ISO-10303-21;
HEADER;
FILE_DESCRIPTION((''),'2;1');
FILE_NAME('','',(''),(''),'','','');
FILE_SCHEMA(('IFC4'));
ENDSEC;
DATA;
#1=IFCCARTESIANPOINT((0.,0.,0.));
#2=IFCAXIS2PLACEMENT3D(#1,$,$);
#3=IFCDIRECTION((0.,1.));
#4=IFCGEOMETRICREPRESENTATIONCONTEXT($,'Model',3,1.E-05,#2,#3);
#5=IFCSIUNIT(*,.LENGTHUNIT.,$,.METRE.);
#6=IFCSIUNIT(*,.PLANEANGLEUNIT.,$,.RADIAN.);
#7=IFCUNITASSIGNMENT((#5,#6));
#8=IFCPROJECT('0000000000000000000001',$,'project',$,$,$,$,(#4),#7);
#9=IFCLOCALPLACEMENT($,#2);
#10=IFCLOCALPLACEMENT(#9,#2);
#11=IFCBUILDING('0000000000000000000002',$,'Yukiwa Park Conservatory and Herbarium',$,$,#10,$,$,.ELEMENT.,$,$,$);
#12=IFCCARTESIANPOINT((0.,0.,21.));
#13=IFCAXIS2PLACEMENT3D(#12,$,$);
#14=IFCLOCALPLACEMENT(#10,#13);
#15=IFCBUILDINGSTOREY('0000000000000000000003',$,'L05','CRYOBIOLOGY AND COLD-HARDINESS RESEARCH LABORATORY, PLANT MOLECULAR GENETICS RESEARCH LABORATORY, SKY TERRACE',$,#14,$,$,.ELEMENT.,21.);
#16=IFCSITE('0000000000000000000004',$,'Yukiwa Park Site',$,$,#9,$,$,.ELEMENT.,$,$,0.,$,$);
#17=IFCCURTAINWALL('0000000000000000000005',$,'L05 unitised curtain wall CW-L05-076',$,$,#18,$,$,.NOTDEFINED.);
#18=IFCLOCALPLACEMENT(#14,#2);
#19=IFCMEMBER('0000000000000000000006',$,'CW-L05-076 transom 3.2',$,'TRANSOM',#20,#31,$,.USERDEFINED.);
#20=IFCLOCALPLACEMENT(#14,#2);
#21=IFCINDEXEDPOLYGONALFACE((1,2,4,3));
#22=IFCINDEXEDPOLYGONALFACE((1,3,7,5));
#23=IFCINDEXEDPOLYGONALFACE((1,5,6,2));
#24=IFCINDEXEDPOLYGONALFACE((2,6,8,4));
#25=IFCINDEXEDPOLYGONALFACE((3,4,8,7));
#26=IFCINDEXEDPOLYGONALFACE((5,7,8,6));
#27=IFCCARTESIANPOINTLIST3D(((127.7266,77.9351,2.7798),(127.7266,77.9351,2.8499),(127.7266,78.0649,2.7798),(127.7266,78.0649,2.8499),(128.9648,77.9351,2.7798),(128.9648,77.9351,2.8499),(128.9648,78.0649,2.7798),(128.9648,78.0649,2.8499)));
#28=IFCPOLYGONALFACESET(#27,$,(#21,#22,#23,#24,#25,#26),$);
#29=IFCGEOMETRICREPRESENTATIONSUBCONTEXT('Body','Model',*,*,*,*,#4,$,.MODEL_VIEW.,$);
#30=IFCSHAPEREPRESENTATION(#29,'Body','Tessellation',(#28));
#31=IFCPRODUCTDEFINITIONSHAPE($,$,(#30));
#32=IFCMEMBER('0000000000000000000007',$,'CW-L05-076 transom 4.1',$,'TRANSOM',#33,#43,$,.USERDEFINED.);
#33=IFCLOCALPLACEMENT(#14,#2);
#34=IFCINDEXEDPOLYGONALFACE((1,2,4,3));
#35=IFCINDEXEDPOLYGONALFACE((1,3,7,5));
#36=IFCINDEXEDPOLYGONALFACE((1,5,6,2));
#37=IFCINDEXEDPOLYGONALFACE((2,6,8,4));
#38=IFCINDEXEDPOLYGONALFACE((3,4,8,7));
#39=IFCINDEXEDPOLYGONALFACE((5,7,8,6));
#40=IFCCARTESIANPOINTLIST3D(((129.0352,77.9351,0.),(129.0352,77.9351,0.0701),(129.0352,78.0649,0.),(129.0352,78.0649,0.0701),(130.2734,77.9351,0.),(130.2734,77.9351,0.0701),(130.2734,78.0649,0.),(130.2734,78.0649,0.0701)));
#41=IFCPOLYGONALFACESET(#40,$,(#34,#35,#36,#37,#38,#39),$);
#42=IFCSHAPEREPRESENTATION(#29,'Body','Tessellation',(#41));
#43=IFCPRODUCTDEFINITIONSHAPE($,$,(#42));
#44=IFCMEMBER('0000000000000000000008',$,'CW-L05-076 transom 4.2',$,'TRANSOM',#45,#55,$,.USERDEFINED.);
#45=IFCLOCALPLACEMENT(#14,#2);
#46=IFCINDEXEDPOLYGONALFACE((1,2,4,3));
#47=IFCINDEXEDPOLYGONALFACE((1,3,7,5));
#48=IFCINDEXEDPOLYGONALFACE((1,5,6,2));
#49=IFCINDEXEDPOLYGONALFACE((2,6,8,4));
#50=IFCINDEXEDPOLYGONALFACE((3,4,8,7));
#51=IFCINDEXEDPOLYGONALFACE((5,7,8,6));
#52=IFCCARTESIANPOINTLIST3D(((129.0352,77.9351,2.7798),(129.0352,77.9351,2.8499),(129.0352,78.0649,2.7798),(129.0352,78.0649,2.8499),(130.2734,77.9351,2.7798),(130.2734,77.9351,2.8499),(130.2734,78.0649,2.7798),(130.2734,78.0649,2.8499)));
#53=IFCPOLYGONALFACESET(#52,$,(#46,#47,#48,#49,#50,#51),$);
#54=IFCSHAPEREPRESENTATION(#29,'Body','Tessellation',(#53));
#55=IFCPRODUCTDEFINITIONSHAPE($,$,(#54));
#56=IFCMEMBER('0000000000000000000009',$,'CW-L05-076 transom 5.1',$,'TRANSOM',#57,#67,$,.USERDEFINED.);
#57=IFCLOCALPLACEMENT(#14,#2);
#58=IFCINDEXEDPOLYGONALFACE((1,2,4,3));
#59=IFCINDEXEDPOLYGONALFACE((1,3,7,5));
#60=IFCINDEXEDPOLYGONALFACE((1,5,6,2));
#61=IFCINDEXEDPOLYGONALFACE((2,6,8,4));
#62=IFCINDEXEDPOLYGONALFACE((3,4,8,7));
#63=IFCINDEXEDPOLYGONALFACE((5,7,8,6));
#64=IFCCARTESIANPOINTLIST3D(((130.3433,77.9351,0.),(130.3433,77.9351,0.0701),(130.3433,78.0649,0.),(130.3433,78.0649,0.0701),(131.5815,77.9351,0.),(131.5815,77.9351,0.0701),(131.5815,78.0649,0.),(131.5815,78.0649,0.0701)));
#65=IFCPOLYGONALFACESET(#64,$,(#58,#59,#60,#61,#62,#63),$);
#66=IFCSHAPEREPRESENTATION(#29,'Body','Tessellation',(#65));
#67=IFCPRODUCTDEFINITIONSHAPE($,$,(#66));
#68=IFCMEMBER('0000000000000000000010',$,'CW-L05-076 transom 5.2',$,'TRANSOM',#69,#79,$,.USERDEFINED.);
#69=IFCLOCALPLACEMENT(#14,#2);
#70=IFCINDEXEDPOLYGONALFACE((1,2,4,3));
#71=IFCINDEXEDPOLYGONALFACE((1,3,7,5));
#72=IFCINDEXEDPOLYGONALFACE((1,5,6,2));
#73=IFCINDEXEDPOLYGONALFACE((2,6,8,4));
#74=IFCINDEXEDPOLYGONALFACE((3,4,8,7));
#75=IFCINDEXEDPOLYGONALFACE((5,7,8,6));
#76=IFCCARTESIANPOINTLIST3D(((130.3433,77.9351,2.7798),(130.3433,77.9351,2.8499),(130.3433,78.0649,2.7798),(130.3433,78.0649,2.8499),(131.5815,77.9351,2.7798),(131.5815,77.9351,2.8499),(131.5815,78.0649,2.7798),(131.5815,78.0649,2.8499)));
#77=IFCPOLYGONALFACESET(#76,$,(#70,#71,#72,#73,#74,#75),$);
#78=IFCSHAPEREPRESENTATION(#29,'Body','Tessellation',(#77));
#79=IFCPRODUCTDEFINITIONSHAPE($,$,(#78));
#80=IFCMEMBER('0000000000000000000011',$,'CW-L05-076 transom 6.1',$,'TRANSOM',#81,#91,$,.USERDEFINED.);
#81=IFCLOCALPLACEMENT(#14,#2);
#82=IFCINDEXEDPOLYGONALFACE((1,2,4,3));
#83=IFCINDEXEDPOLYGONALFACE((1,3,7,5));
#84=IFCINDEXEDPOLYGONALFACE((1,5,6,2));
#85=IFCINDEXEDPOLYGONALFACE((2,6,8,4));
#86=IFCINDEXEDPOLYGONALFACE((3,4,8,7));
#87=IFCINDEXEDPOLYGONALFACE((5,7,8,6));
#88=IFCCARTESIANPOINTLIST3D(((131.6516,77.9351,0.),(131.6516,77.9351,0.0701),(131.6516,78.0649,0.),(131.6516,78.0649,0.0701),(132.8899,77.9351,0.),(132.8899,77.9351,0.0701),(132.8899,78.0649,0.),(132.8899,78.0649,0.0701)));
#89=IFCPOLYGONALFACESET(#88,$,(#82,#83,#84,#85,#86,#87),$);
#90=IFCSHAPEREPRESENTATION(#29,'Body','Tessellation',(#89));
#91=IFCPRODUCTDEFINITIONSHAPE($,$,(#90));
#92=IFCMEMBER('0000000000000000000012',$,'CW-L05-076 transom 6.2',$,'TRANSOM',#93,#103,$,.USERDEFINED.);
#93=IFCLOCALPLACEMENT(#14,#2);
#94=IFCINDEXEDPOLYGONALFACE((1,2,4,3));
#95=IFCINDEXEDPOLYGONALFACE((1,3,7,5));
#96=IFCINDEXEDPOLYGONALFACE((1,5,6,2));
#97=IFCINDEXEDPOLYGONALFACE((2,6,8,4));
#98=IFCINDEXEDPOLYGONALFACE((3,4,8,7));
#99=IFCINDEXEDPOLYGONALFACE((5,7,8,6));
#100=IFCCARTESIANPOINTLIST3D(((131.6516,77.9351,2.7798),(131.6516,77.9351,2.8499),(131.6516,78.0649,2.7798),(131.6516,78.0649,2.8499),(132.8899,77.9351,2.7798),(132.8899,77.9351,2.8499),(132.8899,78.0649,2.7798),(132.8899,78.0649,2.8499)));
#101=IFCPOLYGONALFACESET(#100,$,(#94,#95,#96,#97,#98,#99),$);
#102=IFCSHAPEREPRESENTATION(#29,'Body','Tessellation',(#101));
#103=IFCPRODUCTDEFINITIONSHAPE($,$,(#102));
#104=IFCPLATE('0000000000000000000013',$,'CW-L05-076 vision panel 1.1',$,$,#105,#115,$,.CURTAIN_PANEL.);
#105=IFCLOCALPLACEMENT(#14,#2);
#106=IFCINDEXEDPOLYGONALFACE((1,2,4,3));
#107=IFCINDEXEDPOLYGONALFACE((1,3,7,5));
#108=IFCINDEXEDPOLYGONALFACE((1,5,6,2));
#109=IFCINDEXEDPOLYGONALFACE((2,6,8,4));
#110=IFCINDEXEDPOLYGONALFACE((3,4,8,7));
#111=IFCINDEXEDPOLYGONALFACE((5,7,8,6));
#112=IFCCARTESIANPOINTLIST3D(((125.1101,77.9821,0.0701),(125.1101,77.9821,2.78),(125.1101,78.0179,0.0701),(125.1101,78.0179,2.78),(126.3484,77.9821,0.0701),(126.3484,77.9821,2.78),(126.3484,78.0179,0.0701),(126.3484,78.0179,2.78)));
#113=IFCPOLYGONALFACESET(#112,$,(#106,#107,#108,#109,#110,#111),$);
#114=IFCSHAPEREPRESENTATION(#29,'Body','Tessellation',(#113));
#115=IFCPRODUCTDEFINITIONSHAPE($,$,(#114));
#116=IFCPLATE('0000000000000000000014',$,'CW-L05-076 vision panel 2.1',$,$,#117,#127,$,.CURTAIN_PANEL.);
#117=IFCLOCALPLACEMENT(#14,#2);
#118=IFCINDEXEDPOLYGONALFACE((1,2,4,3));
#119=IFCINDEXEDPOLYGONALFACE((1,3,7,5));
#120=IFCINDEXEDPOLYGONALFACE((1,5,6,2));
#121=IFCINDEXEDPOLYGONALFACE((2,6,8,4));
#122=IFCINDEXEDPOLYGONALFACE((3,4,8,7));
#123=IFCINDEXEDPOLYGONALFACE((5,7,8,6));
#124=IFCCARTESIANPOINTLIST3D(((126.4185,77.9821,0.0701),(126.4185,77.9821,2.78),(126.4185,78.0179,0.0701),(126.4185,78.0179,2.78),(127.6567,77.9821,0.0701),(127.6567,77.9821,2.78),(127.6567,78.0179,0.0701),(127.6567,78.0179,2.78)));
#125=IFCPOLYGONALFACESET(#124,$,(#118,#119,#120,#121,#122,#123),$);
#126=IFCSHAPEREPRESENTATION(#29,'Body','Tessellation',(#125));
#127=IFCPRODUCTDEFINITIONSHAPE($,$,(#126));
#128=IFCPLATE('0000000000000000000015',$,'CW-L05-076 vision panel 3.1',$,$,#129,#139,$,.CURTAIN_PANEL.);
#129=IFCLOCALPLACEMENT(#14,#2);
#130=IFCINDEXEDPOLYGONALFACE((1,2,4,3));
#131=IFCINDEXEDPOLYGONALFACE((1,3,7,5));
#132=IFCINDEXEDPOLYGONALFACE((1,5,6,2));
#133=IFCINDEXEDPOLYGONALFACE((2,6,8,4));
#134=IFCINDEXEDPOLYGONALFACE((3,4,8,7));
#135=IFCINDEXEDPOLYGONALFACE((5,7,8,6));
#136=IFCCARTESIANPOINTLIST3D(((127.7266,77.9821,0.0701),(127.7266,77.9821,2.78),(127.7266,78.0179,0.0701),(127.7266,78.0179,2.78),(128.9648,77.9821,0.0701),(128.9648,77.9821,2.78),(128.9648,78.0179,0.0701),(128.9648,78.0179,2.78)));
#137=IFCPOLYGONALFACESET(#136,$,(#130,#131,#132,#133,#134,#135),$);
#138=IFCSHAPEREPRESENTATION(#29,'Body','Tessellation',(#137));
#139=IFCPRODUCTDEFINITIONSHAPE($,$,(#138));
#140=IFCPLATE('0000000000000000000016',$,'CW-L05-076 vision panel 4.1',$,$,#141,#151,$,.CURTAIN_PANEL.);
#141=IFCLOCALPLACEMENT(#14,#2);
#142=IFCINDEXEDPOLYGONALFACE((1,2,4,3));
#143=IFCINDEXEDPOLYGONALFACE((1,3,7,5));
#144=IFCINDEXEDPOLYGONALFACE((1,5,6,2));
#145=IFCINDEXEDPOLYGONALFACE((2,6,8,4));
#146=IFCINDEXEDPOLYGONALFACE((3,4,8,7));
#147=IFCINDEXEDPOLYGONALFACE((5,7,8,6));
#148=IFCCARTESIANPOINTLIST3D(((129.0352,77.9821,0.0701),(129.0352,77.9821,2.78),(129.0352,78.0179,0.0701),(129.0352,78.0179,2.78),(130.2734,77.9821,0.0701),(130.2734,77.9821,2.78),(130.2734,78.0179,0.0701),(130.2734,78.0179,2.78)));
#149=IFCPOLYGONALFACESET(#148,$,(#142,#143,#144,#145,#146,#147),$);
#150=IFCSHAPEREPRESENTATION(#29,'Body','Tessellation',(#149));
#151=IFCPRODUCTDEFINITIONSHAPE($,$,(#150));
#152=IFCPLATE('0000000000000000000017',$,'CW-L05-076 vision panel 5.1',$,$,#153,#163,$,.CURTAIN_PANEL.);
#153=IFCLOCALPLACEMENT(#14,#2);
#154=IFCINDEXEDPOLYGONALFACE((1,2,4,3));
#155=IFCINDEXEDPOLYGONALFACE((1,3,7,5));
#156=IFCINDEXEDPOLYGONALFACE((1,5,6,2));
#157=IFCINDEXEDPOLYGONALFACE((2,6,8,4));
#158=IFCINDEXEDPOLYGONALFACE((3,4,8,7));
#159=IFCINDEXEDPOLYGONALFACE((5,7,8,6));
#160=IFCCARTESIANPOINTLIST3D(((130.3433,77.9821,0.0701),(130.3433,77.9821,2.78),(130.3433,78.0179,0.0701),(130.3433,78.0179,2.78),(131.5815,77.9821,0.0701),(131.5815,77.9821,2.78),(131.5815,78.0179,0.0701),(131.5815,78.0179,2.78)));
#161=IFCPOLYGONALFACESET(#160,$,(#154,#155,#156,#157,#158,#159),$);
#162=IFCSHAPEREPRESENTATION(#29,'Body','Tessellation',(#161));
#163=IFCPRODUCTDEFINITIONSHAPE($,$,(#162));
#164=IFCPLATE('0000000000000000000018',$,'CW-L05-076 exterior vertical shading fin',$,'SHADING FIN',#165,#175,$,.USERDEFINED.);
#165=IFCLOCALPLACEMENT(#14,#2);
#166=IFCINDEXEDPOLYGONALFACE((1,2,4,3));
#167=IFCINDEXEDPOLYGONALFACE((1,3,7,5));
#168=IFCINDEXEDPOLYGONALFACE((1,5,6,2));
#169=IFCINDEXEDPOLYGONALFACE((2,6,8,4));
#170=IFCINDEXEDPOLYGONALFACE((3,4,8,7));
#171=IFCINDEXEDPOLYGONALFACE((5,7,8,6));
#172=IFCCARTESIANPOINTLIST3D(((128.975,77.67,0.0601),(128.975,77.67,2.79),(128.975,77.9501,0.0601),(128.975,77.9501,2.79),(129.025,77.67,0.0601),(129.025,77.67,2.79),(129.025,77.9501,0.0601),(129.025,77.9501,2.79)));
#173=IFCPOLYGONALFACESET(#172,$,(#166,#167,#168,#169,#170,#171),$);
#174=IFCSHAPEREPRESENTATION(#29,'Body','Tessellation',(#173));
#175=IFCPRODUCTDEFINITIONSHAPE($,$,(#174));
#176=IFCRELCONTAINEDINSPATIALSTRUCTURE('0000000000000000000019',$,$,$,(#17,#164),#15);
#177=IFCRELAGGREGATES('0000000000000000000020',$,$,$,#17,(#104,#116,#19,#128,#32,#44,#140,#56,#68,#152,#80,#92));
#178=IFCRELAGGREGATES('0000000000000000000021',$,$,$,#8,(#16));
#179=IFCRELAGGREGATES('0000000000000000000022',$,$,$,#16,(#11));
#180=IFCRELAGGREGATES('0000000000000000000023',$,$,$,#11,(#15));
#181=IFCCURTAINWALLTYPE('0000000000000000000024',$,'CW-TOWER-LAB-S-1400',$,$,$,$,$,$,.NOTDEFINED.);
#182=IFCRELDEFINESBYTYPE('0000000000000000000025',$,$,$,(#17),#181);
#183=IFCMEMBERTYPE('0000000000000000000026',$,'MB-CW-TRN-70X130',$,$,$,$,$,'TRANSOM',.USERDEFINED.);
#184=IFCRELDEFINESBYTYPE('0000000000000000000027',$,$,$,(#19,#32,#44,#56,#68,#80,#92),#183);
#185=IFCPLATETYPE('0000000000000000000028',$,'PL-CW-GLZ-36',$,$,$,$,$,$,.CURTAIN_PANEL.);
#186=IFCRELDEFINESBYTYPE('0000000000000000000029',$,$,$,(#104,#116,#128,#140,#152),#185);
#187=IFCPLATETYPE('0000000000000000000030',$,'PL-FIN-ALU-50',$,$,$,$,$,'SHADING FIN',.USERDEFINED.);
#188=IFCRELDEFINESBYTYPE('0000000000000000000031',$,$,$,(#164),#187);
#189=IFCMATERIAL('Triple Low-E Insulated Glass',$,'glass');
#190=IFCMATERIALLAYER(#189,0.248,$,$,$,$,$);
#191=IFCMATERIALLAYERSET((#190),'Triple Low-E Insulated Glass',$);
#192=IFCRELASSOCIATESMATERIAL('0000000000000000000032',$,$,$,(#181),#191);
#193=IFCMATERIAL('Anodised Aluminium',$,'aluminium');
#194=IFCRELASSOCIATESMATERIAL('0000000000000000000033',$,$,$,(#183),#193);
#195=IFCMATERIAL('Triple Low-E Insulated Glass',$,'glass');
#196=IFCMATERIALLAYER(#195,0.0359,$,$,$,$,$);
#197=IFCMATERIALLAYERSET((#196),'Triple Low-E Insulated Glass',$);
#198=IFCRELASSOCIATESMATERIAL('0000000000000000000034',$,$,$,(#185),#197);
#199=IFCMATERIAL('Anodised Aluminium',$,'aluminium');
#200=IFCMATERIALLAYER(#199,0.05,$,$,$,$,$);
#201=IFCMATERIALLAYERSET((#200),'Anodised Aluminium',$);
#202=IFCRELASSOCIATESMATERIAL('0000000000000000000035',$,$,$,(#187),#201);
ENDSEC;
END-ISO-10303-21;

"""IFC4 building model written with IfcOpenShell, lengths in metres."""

from ifc_helpers import new_model, si_unit, direction, frame, origin, origin_2d, place, context, subcontext, project, spatial, rectangle, extrude, material, layer, layer_set, type_object, element, aggregate, save


model = new_model("IFC4")

# Units and contexts
model_context = context("Model", 3, precision=1e-05, world=origin(), true_north=direction((0.0, 1.0)))
body_context = subcontext(model_context, "Body", "Model", "MODEL_VIEW")
ifc_project = project(units=[si_unit("LENGTHUNIT", "METRE"), si_unit("PLANEANGLEUNIT", "RADIAN")], contexts=[model_context])

# Site, building, storey
site_placement = place(None, origin())
site = spatial("IfcSite", under=ifc_project, at=site_placement, Name="Yukiwa Park Site", CompositionType="ELEMENT", RefElevation=0.0)
building_placement = place(site_placement, origin())
building = spatial("IfcBuilding", under=site, at=building_placement, Name="Yukiwa Park Conservatory and Herbarium", CompositionType="ELEMENT")
storey_placement = place(building_placement, frame((0.0, 0.0, 21.0)))
storey = spatial("IfcBuildingStorey", under=building, at=storey_placement, Name="L05", Description="CRYOBIOLOGY AND COLD-HARDINESS RESEARCH LABORATORY, PLANT MOLECULAR GENETICS RESEARCH LABORATORY, SKY TERRACE", CompositionType="ELEMENT", Elevation=21.0)

# Curtain wall, members, plates
ifc_material_1 = material(Name="Triple Low-E Insulated Glass", Category="glass")
ifc_layer_1 = layer(ifc_material_1, 0.248)
ifc_layer_set_1 = layer_set([ifc_layer_1], Name="Triple Low-E Insulated Glass")
curtain_wall_type = type_object("IfcCurtainWallType", Name="CW-TOWER-LAB-S-1400", PredefinedType="NOTDEFINED", material=ifc_layer_set_1)
curtain_wall_placement = place(storey_placement, origin())
curtain_wall = element("IfcCurtainWall", 1, at=curtain_wall_placement, inside=storey, type_object=curtain_wall_type, Name="L05 unitised curtain wall CW-L05-076", PredefinedType="NOTDEFINED")
ifc_material_2 = material(Name="Anodised Aluminium", Category="aluminium")
member_type_1 = type_object("IfcMemberType", Name="MB-CW-TRN-70X130", ElementType="TRANSOM", PredefinedType="USERDEFINED", material=ifc_material_2)
member_1_placement = place(storey_placement, frame((128.3457, 78.0, 2.7798), z_axis=(0.0, 0.0, 1.0), x_axis=(1.0, 0.0, 0.0)))
member_1 = element("IfcMember", 2, at=member_1_placement, type_object=member_type_1, Name="CW-L05-076 transom 3.2", ObjectType="TRANSOM", PredefinedType="USERDEFINED", context=body_context, shape_type="SweptSolid", body=[
    extrude(rectangle(XDim=1.2383, YDim=0.1299, at=origin_2d()), origin(), (0.0, 0.0, 1.0), 0.0701),
])
member_2_placement = place(storey_placement, frame((129.6543, 78.0, 0.0), z_axis=(0.0, 0.0, 1.0), x_axis=(1.0, 0.0, 0.0)))
member_2 = element("IfcMember", 3, at=member_2_placement, type_object=member_type_1, Name="CW-L05-076 transom 4.1", ObjectType="TRANSOM", PredefinedType="USERDEFINED", context=body_context, shape_type="SweptSolid", body=[
    extrude(rectangle(XDim=1.2383, YDim=0.1299, at=origin_2d()), origin(), (0.0, 0.0, 1.0), 0.0701),
])
member_3_placement = place(storey_placement, frame((129.6543, 78.0, 2.7798), z_axis=(0.0, 0.0, 1.0), x_axis=(1.0, 0.0, 0.0)))
member_3 = element("IfcMember", 4, at=member_3_placement, type_object=member_type_1, Name="CW-L05-076 transom 4.2", ObjectType="TRANSOM", PredefinedType="USERDEFINED", context=body_context, shape_type="SweptSolid", body=[
    extrude(rectangle(XDim=1.2383, YDim=0.1299, at=origin_2d()), origin(), (0.0, 0.0, 1.0), 0.0701),
])
member_4_placement = place(storey_placement, frame((130.9624, 78.0, 0.0), z_axis=(0.0, 0.0, 1.0), x_axis=(1.0, 0.0, 0.0)))
member_4 = element("IfcMember", 5, at=member_4_placement, type_object=member_type_1, Name="CW-L05-076 transom 5.1", ObjectType="TRANSOM", PredefinedType="USERDEFINED", context=body_context, shape_type="SweptSolid", body=[
    extrude(rectangle(XDim=1.2383, YDim=0.1299, at=origin_2d()), origin(), (0.0, 0.0, 1.0), 0.0701),
])
member_5_placement = place(storey_placement, frame((130.9624, 78.0, 2.7798), z_axis=(0.0, 0.0, 1.0), x_axis=(1.0, 0.0, 0.0)))
member_5 = element("IfcMember", 6, at=member_5_placement, type_object=member_type_1, Name="CW-L05-076 transom 5.2", ObjectType="TRANSOM", PredefinedType="USERDEFINED", context=body_context, shape_type="SweptSolid", body=[
    extrude(rectangle(XDim=1.2383, YDim=0.1299, at=origin_2d()), origin(), (0.0, 0.0, 1.0), 0.0701),
])
member_6_placement = place(storey_placement, frame((132.2708, 78.0, 0.0), z_axis=(0.0, 0.0, 1.0), x_axis=(1.0, 0.0, 0.0)))
member_6 = element("IfcMember", 7, at=member_6_placement, type_object=member_type_1, Name="CW-L05-076 transom 6.1", ObjectType="TRANSOM", PredefinedType="USERDEFINED", context=body_context, shape_type="SweptSolid", body=[
    extrude(rectangle(XDim=1.2383, YDim=0.1299, at=origin_2d()), origin(), (0.0, 0.0, 1.0), 0.0701),
])
member_7_placement = place(storey_placement, frame((132.2708, 78.0, 2.7798), z_axis=(0.0, 0.0, 1.0), x_axis=(1.0, 0.0, 0.0)))
member_7 = element("IfcMember", 8, at=member_7_placement, type_object=member_type_1, Name="CW-L05-076 transom 6.2", ObjectType="TRANSOM", PredefinedType="USERDEFINED", context=body_context, shape_type="SweptSolid", body=[
    extrude(rectangle(XDim=1.2383, YDim=0.1299, at=origin_2d()), origin(), (0.0, 0.0, 1.0), 0.0701),
])
ifc_material_3 = material(Name="Triple Low-E Insulated Glass", Category="glass")
ifc_layer_2 = layer(ifc_material_3, 0.0359)
ifc_layer_set_2 = layer_set([ifc_layer_2], Name="Triple Low-E Insulated Glass")
plate_type_1 = type_object("IfcPlateType", Name="PL-CW-GLZ-36", PredefinedType="CURTAIN_PANEL", material=ifc_layer_set_2)
plate_1_placement = place(storey_placement, frame((125.7292, 78.0, 0.0701), z_axis=(0.0, 0.0, 1.0), x_axis=(1.0, 0.0, 0.0)))
plate_1 = element("IfcPlate", 9, at=plate_1_placement, type_object=plate_type_1, Name="CW-L05-076 vision panel 1.1", PredefinedType="CURTAIN_PANEL", context=body_context, shape_type="SweptSolid", body=[
    extrude(rectangle(XDim=1.2383, YDim=0.0359, at=origin_2d()), origin(), (0.0, 0.0, 1.0), 2.71),
])
plate_2_placement = place(storey_placement, frame((127.0376, 78.0, 0.0701), z_axis=(0.0, 0.0, 1.0), x_axis=(1.0, 0.0, 0.0)))
plate_2 = element("IfcPlate", 10, at=plate_2_placement, type_object=plate_type_1, Name="CW-L05-076 vision panel 2.1", PredefinedType="CURTAIN_PANEL", context=body_context, shape_type="SweptSolid", body=[
    extrude(rectangle(XDim=1.2383, YDim=0.0359, at=origin_2d()), origin(), (0.0, 0.0, 1.0), 2.71),
])
plate_3_placement = place(storey_placement, frame((128.3457, 78.0, 0.0701), z_axis=(0.0, 0.0, 1.0), x_axis=(1.0, 0.0, 0.0)))
plate_3 = element("IfcPlate", 11, at=plate_3_placement, type_object=plate_type_1, Name="CW-L05-076 vision panel 3.1", PredefinedType="CURTAIN_PANEL", context=body_context, shape_type="SweptSolid", body=[
    extrude(rectangle(XDim=1.2383, YDim=0.0359, at=origin_2d()), origin(), (0.0, 0.0, 1.0), 2.71),
])
plate_4_placement = place(storey_placement, frame((129.6543, 78.0, 0.0701), z_axis=(0.0, 0.0, 1.0), x_axis=(1.0, 0.0, 0.0)))
plate_4 = element("IfcPlate", 12, at=plate_4_placement, type_object=plate_type_1, Name="CW-L05-076 vision panel 4.1", PredefinedType="CURTAIN_PANEL", context=body_context, shape_type="SweptSolid", body=[
    extrude(rectangle(XDim=1.2383, YDim=0.0359, at=origin_2d()), origin(), (0.0, 0.0, 1.0), 2.71),
])
plate_5_placement = place(storey_placement, frame((130.9624, 78.0, 0.0701), z_axis=(0.0, 0.0, 1.0), x_axis=(1.0, 0.0, 0.0)))
plate_5 = element("IfcPlate", 13, at=plate_5_placement, type_object=plate_type_1, Name="CW-L05-076 vision panel 5.1", PredefinedType="CURTAIN_PANEL", context=body_context, shape_type="SweptSolid", body=[
    extrude(rectangle(XDim=1.2383, YDim=0.0359, at=origin_2d()), origin(), (0.0, 0.0, 1.0), 2.71),
])
aggregate(curtain_wall, [plate_1, plate_2, member_1, plate_3, member_2, member_3, plate_4, member_4, member_5, plate_5, member_6, member_7])

# Plate
ifc_material_4 = material(Name="Anodised Aluminium", Category="aluminium")
ifc_layer_3 = layer(ifc_material_4, 0.05)
ifc_layer_set_3 = layer_set([ifc_layer_3], Name="Anodised Aluminium")
plate_type_2 = type_object("IfcPlateType", Name="PL-FIN-ALU-50", ElementType="SHADING FIN", PredefinedType="USERDEFINED", material=ifc_layer_set_3)
plate_6_placement = place(storey_placement, frame((129.0, 77.8101, 0.0601), z_axis=(0.0, 0.0, 1.0), x_axis=(1.0, 0.0, 0.0)))
element("IfcPlate", 14, at=plate_6_placement, inside=storey, type_object=plate_type_2, Name="CW-L05-076 exterior vertical shading fin", ObjectType="SHADING FIN", PredefinedType="USERDEFINED", context=body_context, shape_type="SweptSolid", body=[
    extrude(rectangle(XDim=0.05, YDim=0.28, at=origin_2d()), origin(), (0.0, 0.0, 1.0), 2.73),
])

save(model, "model.ifc")
